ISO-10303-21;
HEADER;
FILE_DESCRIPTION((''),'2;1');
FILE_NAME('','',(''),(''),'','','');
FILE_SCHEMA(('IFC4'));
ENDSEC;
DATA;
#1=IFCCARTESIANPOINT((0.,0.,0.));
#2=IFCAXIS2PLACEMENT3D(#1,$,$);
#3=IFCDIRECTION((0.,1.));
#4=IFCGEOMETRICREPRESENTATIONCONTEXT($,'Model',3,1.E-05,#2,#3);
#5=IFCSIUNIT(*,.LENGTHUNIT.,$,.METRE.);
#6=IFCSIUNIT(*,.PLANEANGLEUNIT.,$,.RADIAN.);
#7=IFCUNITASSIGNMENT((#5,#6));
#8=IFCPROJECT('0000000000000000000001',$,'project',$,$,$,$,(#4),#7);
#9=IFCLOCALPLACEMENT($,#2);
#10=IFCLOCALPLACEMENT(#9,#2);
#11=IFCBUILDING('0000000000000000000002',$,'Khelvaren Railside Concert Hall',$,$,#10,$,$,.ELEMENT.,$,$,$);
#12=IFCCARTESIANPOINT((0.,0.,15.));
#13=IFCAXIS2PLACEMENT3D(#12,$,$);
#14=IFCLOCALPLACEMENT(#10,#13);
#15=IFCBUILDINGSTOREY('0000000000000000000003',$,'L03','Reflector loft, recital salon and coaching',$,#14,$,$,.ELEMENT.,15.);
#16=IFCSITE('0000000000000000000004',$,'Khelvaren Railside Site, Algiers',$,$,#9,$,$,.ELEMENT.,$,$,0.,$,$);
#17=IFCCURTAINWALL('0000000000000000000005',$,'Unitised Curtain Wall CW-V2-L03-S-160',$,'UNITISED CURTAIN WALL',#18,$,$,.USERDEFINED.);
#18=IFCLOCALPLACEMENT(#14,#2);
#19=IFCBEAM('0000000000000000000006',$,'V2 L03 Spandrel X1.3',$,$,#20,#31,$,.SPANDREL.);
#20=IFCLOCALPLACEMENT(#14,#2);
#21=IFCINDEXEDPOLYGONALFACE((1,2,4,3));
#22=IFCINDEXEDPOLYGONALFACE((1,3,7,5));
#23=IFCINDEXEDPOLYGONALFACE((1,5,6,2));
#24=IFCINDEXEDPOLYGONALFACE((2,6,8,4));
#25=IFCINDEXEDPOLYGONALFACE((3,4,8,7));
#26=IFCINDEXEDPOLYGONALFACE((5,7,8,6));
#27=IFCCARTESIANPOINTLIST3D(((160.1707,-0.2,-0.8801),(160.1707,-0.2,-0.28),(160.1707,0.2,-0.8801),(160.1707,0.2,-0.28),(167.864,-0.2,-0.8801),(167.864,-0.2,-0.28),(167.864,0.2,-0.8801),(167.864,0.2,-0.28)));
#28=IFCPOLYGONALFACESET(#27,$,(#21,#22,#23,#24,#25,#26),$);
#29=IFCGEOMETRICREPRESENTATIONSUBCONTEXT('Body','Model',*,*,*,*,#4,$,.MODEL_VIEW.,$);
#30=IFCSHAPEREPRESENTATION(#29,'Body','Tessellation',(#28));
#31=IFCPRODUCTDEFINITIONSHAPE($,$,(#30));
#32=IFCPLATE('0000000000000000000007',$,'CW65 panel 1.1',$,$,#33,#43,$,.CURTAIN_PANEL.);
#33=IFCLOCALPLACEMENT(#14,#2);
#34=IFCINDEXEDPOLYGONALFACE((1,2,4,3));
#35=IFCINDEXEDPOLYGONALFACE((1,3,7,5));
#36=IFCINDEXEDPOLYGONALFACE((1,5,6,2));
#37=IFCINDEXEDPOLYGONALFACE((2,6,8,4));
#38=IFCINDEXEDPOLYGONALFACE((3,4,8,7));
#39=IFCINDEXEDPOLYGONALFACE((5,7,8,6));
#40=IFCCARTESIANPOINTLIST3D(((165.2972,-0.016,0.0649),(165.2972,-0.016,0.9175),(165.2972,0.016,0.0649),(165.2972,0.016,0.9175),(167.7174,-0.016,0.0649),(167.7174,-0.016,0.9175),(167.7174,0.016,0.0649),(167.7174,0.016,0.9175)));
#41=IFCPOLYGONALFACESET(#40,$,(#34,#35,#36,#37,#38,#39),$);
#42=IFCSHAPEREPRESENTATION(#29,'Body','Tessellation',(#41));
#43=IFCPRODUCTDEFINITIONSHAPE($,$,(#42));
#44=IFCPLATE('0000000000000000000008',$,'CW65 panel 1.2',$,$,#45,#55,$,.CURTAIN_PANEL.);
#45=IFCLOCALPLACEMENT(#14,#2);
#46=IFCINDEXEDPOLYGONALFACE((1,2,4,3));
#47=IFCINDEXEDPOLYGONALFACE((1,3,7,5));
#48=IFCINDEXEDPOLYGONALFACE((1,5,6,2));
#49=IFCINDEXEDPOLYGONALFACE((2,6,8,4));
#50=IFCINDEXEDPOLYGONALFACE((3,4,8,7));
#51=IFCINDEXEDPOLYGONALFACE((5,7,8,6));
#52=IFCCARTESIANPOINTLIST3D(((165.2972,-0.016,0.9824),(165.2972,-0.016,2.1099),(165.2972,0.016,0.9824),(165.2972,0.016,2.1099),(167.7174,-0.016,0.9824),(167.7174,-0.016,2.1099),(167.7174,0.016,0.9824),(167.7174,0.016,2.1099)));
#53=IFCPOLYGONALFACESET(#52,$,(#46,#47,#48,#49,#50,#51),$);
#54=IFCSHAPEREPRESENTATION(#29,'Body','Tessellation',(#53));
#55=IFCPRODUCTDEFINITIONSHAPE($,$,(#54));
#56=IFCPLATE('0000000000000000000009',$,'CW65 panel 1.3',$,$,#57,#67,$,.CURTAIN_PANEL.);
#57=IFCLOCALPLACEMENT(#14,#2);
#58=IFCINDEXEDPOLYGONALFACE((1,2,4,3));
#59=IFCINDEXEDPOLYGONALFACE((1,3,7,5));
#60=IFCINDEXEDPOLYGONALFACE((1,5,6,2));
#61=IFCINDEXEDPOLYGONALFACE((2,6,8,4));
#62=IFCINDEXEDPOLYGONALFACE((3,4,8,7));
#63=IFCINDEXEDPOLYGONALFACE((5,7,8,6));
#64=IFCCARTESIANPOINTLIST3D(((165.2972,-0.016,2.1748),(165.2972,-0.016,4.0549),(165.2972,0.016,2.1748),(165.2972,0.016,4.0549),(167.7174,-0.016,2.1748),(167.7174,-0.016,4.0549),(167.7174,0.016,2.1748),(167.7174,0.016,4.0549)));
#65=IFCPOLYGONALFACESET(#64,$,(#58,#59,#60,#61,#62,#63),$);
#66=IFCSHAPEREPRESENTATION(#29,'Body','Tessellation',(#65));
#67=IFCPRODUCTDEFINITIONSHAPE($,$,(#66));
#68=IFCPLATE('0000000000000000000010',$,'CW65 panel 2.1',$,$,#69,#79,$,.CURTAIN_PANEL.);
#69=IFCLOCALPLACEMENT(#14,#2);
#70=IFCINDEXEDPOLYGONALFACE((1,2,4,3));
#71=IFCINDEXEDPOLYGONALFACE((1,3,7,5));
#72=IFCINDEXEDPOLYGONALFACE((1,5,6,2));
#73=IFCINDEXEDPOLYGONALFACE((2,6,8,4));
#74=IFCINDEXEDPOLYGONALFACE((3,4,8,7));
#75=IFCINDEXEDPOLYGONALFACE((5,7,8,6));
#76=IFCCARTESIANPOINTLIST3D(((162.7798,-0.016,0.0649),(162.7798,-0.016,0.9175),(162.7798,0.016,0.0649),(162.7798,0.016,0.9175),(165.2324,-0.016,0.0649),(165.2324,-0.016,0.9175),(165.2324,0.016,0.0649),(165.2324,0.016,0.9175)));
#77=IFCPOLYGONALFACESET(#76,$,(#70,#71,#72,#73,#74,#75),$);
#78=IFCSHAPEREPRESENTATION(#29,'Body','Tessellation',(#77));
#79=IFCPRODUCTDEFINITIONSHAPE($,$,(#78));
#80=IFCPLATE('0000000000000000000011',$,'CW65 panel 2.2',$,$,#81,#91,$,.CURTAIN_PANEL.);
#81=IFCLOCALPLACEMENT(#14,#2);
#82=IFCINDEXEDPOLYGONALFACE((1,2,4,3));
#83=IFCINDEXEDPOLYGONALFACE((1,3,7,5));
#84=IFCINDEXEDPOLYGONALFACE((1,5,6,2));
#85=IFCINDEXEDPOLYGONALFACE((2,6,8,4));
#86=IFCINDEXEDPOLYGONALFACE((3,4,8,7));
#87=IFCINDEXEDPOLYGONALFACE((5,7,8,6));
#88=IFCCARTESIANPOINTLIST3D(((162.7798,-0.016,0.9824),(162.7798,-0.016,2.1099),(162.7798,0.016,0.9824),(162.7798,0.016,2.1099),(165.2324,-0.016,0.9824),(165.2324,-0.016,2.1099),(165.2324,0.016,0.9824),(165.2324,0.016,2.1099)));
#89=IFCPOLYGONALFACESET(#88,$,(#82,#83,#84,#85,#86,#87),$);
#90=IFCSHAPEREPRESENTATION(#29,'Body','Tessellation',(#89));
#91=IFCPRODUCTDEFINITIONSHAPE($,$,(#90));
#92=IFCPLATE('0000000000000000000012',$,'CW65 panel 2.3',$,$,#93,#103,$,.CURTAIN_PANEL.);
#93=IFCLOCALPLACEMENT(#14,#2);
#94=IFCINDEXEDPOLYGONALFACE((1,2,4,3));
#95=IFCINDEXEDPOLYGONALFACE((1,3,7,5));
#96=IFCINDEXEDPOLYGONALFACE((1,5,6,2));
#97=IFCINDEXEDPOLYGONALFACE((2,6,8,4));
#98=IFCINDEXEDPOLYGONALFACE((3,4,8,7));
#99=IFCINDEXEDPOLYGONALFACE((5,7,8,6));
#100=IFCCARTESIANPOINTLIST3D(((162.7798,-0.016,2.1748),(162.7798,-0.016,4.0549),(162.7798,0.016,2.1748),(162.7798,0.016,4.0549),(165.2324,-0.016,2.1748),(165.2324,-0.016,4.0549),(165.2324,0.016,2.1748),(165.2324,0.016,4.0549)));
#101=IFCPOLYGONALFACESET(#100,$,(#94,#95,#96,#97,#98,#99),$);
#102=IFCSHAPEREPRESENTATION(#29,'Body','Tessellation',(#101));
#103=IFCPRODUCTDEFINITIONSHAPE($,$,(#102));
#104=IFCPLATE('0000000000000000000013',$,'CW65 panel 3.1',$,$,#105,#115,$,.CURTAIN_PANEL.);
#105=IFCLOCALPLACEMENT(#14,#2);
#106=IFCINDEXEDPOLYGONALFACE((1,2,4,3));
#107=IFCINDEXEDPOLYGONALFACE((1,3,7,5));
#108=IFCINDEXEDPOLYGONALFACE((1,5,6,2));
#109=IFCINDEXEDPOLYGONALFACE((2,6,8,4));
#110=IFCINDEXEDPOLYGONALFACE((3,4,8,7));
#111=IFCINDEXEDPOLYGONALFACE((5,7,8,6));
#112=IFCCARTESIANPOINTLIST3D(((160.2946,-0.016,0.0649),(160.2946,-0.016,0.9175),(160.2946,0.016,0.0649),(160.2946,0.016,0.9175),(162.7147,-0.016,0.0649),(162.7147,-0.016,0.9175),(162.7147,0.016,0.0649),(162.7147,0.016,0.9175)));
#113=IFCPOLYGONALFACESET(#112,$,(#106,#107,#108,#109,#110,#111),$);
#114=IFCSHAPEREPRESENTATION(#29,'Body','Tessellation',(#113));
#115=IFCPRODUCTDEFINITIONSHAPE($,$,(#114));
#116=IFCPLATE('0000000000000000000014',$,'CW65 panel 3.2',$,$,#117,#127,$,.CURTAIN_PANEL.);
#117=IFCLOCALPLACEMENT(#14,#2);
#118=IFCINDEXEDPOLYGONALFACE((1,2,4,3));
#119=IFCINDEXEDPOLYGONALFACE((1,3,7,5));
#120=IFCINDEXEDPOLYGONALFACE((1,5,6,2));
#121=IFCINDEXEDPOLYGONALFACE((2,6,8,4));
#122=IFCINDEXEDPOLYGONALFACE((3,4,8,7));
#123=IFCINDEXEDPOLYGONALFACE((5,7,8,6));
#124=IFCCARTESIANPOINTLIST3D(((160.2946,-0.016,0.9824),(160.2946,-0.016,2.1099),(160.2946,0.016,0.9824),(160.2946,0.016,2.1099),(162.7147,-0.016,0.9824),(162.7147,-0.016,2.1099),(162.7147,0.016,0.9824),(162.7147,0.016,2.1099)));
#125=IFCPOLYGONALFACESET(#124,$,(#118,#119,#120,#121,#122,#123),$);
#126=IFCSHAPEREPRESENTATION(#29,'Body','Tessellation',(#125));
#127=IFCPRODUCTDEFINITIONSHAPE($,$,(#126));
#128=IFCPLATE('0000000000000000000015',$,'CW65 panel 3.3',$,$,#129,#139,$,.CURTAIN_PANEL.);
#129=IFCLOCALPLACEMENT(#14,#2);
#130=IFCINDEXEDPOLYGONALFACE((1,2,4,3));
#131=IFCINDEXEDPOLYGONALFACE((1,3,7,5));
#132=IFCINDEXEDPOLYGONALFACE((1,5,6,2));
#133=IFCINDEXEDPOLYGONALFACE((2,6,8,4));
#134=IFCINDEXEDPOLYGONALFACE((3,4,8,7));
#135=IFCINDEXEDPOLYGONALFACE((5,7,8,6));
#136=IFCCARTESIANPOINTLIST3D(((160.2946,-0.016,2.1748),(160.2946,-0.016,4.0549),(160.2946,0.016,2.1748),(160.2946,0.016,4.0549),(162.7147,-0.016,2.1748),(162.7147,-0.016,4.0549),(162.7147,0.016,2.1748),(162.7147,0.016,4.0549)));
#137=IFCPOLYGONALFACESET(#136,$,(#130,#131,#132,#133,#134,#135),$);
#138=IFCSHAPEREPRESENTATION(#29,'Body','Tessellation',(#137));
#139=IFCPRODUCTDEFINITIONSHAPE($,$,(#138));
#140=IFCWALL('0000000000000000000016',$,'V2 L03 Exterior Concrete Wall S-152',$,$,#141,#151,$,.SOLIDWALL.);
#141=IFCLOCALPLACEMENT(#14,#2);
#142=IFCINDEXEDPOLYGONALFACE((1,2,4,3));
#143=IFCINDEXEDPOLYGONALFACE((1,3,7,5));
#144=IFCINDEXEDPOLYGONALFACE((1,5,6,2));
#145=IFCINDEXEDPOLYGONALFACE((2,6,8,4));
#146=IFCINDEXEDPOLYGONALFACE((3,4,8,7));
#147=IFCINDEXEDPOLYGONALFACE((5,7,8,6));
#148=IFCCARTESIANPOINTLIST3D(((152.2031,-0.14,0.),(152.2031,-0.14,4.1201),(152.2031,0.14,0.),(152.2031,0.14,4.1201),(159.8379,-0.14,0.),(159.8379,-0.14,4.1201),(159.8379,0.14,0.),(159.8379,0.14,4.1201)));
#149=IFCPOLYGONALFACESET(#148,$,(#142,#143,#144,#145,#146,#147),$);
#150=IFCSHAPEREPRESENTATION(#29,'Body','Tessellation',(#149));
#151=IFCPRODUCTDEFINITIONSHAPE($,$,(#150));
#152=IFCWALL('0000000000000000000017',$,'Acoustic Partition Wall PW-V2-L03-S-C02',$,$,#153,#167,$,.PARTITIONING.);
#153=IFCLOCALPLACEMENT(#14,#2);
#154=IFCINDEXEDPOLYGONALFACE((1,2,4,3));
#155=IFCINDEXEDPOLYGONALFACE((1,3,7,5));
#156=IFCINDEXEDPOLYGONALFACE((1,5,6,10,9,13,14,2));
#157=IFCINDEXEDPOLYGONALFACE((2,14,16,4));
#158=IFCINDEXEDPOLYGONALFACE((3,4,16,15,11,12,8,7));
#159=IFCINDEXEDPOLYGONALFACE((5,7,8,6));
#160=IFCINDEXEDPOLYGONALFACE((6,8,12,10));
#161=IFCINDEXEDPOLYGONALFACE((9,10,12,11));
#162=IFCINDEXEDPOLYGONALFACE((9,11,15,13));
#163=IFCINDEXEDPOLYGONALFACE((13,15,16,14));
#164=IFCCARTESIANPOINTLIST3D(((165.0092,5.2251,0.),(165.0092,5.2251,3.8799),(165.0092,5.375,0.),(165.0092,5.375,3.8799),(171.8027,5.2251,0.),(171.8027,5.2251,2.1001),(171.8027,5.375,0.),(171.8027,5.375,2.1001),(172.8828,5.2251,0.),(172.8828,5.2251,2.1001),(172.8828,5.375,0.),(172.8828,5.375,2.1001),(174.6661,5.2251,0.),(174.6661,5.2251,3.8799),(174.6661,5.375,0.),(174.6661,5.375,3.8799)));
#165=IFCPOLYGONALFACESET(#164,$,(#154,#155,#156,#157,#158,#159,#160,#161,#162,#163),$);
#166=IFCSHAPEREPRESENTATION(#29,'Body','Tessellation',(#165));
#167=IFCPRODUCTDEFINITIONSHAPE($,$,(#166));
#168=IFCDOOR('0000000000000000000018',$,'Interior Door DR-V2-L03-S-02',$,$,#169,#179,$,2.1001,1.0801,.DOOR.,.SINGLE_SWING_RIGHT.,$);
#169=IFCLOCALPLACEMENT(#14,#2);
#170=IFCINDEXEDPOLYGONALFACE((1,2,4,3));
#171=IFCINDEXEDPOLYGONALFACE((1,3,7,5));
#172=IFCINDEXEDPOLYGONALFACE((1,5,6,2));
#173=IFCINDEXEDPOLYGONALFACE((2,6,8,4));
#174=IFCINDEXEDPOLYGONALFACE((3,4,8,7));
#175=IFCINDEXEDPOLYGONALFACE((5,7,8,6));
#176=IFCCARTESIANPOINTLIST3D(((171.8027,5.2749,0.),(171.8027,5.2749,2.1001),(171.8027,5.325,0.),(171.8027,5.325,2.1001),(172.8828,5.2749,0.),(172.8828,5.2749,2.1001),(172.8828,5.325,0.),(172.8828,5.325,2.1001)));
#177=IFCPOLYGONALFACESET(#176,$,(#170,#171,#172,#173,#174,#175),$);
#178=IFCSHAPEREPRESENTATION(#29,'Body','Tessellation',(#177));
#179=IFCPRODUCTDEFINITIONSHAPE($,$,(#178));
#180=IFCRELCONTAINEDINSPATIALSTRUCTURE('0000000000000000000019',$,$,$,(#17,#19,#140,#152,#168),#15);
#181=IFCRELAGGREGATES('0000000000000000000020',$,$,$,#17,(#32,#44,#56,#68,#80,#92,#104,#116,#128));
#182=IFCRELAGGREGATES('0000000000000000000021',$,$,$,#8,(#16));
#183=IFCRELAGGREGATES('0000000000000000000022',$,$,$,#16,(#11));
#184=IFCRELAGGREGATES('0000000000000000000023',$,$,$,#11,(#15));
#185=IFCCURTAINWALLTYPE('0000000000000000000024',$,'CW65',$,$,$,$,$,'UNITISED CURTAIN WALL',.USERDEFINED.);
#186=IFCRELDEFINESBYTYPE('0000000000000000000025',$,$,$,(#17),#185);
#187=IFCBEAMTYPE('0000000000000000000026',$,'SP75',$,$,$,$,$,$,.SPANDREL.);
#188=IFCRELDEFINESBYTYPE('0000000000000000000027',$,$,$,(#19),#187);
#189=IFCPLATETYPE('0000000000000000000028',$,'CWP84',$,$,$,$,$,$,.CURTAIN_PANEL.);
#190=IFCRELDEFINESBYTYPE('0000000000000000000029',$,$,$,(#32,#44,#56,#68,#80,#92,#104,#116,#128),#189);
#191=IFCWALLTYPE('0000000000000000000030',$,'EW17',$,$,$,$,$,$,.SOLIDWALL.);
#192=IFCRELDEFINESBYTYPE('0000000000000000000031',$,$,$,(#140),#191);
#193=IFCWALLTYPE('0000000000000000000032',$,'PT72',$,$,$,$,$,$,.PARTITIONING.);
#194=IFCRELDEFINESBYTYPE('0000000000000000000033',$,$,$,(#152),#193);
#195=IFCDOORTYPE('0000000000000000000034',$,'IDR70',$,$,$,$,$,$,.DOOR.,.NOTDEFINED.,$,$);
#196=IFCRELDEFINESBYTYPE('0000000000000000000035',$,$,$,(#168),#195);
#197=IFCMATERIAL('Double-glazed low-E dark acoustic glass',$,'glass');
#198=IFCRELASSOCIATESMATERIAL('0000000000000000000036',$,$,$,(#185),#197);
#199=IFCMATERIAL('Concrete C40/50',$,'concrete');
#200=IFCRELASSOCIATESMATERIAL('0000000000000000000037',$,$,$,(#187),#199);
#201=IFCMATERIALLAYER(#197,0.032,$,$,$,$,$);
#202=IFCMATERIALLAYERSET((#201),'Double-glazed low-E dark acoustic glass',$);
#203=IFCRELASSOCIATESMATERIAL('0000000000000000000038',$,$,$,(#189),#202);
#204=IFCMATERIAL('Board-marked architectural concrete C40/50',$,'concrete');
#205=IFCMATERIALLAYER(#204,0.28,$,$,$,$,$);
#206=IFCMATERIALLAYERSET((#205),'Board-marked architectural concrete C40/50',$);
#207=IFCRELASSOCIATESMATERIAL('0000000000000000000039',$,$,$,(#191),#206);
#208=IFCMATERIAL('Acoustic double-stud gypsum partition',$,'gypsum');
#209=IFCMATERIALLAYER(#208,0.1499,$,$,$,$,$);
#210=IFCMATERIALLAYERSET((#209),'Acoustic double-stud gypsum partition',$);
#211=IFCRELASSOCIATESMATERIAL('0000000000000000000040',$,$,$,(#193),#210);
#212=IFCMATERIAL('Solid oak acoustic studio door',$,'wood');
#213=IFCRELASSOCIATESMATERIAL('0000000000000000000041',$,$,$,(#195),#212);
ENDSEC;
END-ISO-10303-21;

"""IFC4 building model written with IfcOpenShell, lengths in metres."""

from ifc_helpers import new_model, si_unit, direction, frame, frame_2d, origin, origin_2d, place, context, subcontext, project, spatial, rectangle, extrude, material, layer, layer_set, material_profile, profile_set, type_object, element, fill, aggregate, save


model = new_model("IFC4")

# Units and contexts
model_context = context("Model", 3, precision=1e-05, world=origin(), true_north=direction((0.0, 1.0)))
body_context = subcontext(model_context, "Body", "Model", "MODEL_VIEW")
ifc_project = project(units=[si_unit("LENGTHUNIT", "METRE"), si_unit("PLANEANGLEUNIT", "RADIAN")], contexts=[model_context])

# Site, building, storey
site_placement = place(None, origin())
site = spatial("IfcSite", under=ifc_project, at=site_placement, Name="Khelvaren Railside Site, Algiers", CompositionType="ELEMENT", RefElevation=0.0)
building_placement = place(site_placement, origin())
building = spatial("IfcBuilding", under=site, at=building_placement, Name="Khelvaren Railside Concert Hall", CompositionType="ELEMENT")
storey_placement = place(building_placement, frame((0.0, 0.0, 15.0)))
storey = spatial("IfcBuildingStorey", under=building, at=storey_placement, Name="L03", Description="Reflector loft, recital salon and coaching", CompositionType="ELEMENT", Elevation=15.0)

# Shared definitions
ifc_material_1 = material(Name="Concrete C40/50", Category="concrete")

# Curtain wall
ifc_material_2 = material(Name="Double-glazed low-E dark acoustic glass", Category="glass")
curtain_wall_type = type_object("IfcCurtainWallType", Name="CW65", ElementType="UNITISED CURTAIN WALL", PredefinedType="USERDEFINED", material=ifc_material_2)
curtain_wall_placement = place(storey_placement, origin())
curtain_wall = element("IfcCurtainWall", 1, at=curtain_wall_placement, inside=storey, type_object=curtain_wall_type, Name="Unitised Curtain Wall CW-V2-L03-S-160", ObjectType="UNITISED CURTAIN WALL", PredefinedType="USERDEFINED")

# Beam
ifc_material_profile_1 = material_profile(ifc_material_1, rectangle(XDim=0.3999, YDim=0.6001, at=origin_2d()), Name="RCB 400x600")
ifc_profile_set_1 = profile_set([ifc_material_profile_1], Name="Concrete C40/50")
beam_type_1 = type_object("IfcBeamType", Name="SP75", PredefinedType="SPANDREL", material=ifc_profile_set_1)
beam_1_placement = place(storey_placement, frame((160.1707, 0.0, -0.5801), z_axis=(1.0, 0.0, 0.0), x_axis=(0.0, 1.0, 0.0)))
element("IfcBeam", 2, at=beam_1_placement, inside=storey, type_object=beam_type_1, Name="V2 L03 Spandrel X1.3", PredefinedType="SPANDREL", context=body_context, shape_type="SweptSolid", body=[
    extrude(rectangle(XDim=0.3999, YDim=0.6001, at=origin_2d()), origin(), (0.0, 0.0, 1.0), 7.6934),
])

# Plates
ifc_layer_1 = layer(ifc_material_2, 0.032)
ifc_layer_set_1 = layer_set([ifc_layer_1], Name="Double-glazed low-E dark acoustic glass")
plate_type = type_object("IfcPlateType", Name="CWP84", PredefinedType="CURTAIN_PANEL", material=ifc_layer_set_1)
plate_1_placement = place(storey_placement, frame((166.5073, 0.0, 0.0649), z_axis=(0.0, 0.0, 1.0), x_axis=(-1.0, 0.0, 0.0)))
plate_1 = element("IfcPlate", 3, at=plate_1_placement, type_object=plate_type, Name="CW65 panel 1.1", PredefinedType="CURTAIN_PANEL", context=body_context, shape_type="SweptSolid", body=[
    extrude(rectangle(XDim=2.4202, YDim=0.032, at=origin_2d()), origin(), (0.0, 0.0, 1.0), 0.8525),
])
plate_2_placement = place(storey_placement, frame((166.5073, 0.0, 0.9824), z_axis=(0.0, 0.0, 1.0), x_axis=(-1.0, 0.0, 0.0)))
plate_2 = element("IfcPlate", 4, at=plate_2_placement, type_object=plate_type, Name="CW65 panel 1.2", PredefinedType="CURTAIN_PANEL", context=body_context, shape_type="SweptSolid", body=[
    extrude(rectangle(XDim=2.4202, YDim=0.032, at=origin_2d()), origin(), (0.0, 0.0, 1.0), 1.1274),
])
plate_3_placement = place(storey_placement, frame((166.5073, 0.0, 2.1748), z_axis=(0.0, 0.0, 1.0), x_axis=(-1.0, 0.0, 0.0)))
plate_3 = element("IfcPlate", 5, at=plate_3_placement, type_object=plate_type, Name="CW65 panel 1.3", PredefinedType="CURTAIN_PANEL", context=body_context, shape_type="SweptSolid", body=[
    extrude(rectangle(XDim=2.4202, YDim=0.032, at=origin_2d()), origin(), (0.0, 0.0, 1.0), 1.8801),
])
plate_4_placement = place(storey_placement, frame((164.0061, 0.0, 0.0649), z_axis=(0.0, 0.0, 1.0), x_axis=(-1.0, 0.0, 0.0)))
plate_4 = element("IfcPlate", 6, at=plate_4_placement, type_object=plate_type, Name="CW65 panel 2.1", PredefinedType="CURTAIN_PANEL", context=body_context, shape_type="SweptSolid", body=[
    extrude(rectangle(XDim=2.4526, YDim=0.032, at=origin_2d()), origin(), (0.0, 0.0, 1.0), 0.8525),
])
plate_5_placement = place(storey_placement, frame((164.0061, 0.0, 0.9824), z_axis=(0.0, 0.0, 1.0), x_axis=(-1.0, 0.0, 0.0)))
plate_5 = element("IfcPlate", 7, at=plate_5_placement, type_object=plate_type, Name="CW65 panel 2.2", PredefinedType="CURTAIN_PANEL", context=body_context, shape_type="SweptSolid", body=[
    extrude(rectangle(XDim=2.4526, YDim=0.032, at=origin_2d()), origin(), (0.0, 0.0, 1.0), 1.1274),
])
plate_6_placement = place(storey_placement, frame((164.0061, 0.0, 2.1748), z_axis=(0.0, 0.0, 1.0), x_axis=(-1.0, 0.0, 0.0)))
plate_6 = element("IfcPlate", 8, at=plate_6_placement, type_object=plate_type, Name="CW65 panel 2.3", PredefinedType="CURTAIN_PANEL", context=body_context, shape_type="SweptSolid", body=[
    extrude(rectangle(XDim=2.4526, YDim=0.032, at=origin_2d()), origin(), (0.0, 0.0, 1.0), 1.8801),
])
plate_7_placement = place(storey_placement, frame((161.5046, 0.0, 0.0649), z_axis=(0.0, 0.0, 1.0), x_axis=(-1.0, 0.0, 0.0)))
plate_7 = element("IfcPlate", 9, at=plate_7_placement, type_object=plate_type, Name="CW65 panel 3.1", PredefinedType="CURTAIN_PANEL", context=body_context, shape_type="SweptSolid", body=[
    extrude(rectangle(XDim=2.4202, YDim=0.032, at=origin_2d()), origin(), (0.0, 0.0, 1.0), 0.8525),
])
plate_8_placement = place(storey_placement, frame((161.5046, 0.0, 0.9824), z_axis=(0.0, 0.0, 1.0), x_axis=(-1.0, 0.0, 0.0)))
plate_8 = element("IfcPlate", 10, at=plate_8_placement, type_object=plate_type, Name="CW65 panel 3.2", PredefinedType="CURTAIN_PANEL", context=body_context, shape_type="SweptSolid", body=[
    extrude(rectangle(XDim=2.4202, YDim=0.032, at=origin_2d()), origin(), (0.0, 0.0, 1.0), 1.1274),
])
plate_9_placement = place(storey_placement, frame((161.5046, 0.0, 2.1748), z_axis=(0.0, 0.0, 1.0), x_axis=(-1.0, 0.0, 0.0)))
plate_9 = element("IfcPlate", 11, at=plate_9_placement, type_object=plate_type, Name="CW65 panel 3.3", PredefinedType="CURTAIN_PANEL", context=body_context, shape_type="SweptSolid", body=[
    extrude(rectangle(XDim=2.4202, YDim=0.032, at=origin_2d()), origin(), (0.0, 0.0, 1.0), 1.8801),
])
aggregate(curtain_wall, [plate_1, plate_2, plate_3, plate_4, plate_5, plate_6, plate_7, plate_8, plate_9])

# Wall
ifc_material_3 = material(Name="Board-marked architectural concrete C40/50", Category="concrete")
ifc_layer_2 = layer(ifc_material_3, 0.28)
ifc_layer_set_2 = layer_set([ifc_layer_2], Name="Board-marked architectural concrete C40/50")
wall_type_1 = type_object("IfcWallType", Name="EW17", PredefinedType="SOLIDWALL", material=ifc_layer_set_2)
wall_1_placement = place(storey_placement, frame((159.8379, 0.0, 0.0), z_axis=(0.0, 0.0, 1.0), x_axis=(-1.0, 0.0, 0.0)))
element("IfcWall", 12, at=wall_1_placement, inside=storey, type_object=wall_type_1, Name="V2 L03 Exterior Concrete Wall S-152", PredefinedType="SOLIDWALL", context=body_context, shape_type="SweptSolid", body=[
    extrude(rectangle(XDim=7.6348, YDim=0.28, at=frame_2d((3.8174, 0.0))), origin(), (0.0, 0.0, 1.0), 4.1201),
])

# Wall, opening, door
ifc_material_4 = material(Name="Acoustic double-stud gypsum partition", Category="gypsum")
ifc_layer_3 = layer(ifc_material_4, 0.1499)
ifc_layer_set_3 = layer_set([ifc_layer_3], Name="Acoustic double-stud gypsum partition")
wall_type_2 = type_object("IfcWallType", Name="PT72", PredefinedType="PARTITIONING", material=ifc_layer_set_3)
wall_2_placement = place(storey_placement, frame((165.009, 5.3, 0.0), z_axis=(0.0, 0.0, 1.0), x_axis=(1.0, 0.0, 0.0)))
wall_2 = element("IfcWall", 13, at=wall_2_placement, inside=storey, type_object=wall_type_2, Name="Acoustic Partition Wall PW-V2-L03-S-C02", PredefinedType="PARTITIONING", context=body_context, shape_type="SweptSolid", body=[
    extrude(rectangle(XDim=9.657, YDim=0.1499, at=frame_2d((4.8286, 0.0))), origin(), (0.0, 0.0, 1.0), 3.8799),
])
opening_placement = place(wall_2_placement, frame((6.7937, 0.0, 0.0)))
opening = element("IfcOpeningElement", 14, at=opening_placement, cuts=wall_2, PredefinedType="OPENING", context=body_context, shape_type="SweptSolid", body=[
    extrude(rectangle(XDim=1.0801, YDim=2.1001, at=frame_2d((0.54, 1.05))), frame((0.0, 0.085, 0.0), z_axis=(0.0, -1.0, 0.0), x_axis=(1.0, 0.0, 0.0)), (0.0, 0.0, 1.0), 0.1699),
])
ifc_material_5 = material(Name="Solid oak acoustic studio door", Category="wood")
door_type = type_object("IfcDoorType", Name="IDR70", OperationType="NOTDEFINED", PredefinedType="DOOR", material=ifc_material_5)
door_placement = place(opening_placement, origin())
door = element("IfcDoor", 15, at=door_placement, inside=storey, type_object=door_type, Name="Interior Door DR-V2-L03-S-02", OperationType="SINGLE_SWING_RIGHT", OverallHeight=2.1001, OverallWidth=1.0801, PredefinedType="DOOR", context=body_context, shape_type="SweptSolid", body=[
    extrude(rectangle(XDim=1.0801, YDim=2.1001, at=frame_2d((0.54, 1.05))), frame((0.0, 0.0249, 0.0), z_axis=(0.0, -1.0, 0.0), x_axis=(1.0, 0.0, 0.0)), (0.0, 0.0, 1.0), 0.05),
])
fill(opening, door)

save(model, "model.ifc")
